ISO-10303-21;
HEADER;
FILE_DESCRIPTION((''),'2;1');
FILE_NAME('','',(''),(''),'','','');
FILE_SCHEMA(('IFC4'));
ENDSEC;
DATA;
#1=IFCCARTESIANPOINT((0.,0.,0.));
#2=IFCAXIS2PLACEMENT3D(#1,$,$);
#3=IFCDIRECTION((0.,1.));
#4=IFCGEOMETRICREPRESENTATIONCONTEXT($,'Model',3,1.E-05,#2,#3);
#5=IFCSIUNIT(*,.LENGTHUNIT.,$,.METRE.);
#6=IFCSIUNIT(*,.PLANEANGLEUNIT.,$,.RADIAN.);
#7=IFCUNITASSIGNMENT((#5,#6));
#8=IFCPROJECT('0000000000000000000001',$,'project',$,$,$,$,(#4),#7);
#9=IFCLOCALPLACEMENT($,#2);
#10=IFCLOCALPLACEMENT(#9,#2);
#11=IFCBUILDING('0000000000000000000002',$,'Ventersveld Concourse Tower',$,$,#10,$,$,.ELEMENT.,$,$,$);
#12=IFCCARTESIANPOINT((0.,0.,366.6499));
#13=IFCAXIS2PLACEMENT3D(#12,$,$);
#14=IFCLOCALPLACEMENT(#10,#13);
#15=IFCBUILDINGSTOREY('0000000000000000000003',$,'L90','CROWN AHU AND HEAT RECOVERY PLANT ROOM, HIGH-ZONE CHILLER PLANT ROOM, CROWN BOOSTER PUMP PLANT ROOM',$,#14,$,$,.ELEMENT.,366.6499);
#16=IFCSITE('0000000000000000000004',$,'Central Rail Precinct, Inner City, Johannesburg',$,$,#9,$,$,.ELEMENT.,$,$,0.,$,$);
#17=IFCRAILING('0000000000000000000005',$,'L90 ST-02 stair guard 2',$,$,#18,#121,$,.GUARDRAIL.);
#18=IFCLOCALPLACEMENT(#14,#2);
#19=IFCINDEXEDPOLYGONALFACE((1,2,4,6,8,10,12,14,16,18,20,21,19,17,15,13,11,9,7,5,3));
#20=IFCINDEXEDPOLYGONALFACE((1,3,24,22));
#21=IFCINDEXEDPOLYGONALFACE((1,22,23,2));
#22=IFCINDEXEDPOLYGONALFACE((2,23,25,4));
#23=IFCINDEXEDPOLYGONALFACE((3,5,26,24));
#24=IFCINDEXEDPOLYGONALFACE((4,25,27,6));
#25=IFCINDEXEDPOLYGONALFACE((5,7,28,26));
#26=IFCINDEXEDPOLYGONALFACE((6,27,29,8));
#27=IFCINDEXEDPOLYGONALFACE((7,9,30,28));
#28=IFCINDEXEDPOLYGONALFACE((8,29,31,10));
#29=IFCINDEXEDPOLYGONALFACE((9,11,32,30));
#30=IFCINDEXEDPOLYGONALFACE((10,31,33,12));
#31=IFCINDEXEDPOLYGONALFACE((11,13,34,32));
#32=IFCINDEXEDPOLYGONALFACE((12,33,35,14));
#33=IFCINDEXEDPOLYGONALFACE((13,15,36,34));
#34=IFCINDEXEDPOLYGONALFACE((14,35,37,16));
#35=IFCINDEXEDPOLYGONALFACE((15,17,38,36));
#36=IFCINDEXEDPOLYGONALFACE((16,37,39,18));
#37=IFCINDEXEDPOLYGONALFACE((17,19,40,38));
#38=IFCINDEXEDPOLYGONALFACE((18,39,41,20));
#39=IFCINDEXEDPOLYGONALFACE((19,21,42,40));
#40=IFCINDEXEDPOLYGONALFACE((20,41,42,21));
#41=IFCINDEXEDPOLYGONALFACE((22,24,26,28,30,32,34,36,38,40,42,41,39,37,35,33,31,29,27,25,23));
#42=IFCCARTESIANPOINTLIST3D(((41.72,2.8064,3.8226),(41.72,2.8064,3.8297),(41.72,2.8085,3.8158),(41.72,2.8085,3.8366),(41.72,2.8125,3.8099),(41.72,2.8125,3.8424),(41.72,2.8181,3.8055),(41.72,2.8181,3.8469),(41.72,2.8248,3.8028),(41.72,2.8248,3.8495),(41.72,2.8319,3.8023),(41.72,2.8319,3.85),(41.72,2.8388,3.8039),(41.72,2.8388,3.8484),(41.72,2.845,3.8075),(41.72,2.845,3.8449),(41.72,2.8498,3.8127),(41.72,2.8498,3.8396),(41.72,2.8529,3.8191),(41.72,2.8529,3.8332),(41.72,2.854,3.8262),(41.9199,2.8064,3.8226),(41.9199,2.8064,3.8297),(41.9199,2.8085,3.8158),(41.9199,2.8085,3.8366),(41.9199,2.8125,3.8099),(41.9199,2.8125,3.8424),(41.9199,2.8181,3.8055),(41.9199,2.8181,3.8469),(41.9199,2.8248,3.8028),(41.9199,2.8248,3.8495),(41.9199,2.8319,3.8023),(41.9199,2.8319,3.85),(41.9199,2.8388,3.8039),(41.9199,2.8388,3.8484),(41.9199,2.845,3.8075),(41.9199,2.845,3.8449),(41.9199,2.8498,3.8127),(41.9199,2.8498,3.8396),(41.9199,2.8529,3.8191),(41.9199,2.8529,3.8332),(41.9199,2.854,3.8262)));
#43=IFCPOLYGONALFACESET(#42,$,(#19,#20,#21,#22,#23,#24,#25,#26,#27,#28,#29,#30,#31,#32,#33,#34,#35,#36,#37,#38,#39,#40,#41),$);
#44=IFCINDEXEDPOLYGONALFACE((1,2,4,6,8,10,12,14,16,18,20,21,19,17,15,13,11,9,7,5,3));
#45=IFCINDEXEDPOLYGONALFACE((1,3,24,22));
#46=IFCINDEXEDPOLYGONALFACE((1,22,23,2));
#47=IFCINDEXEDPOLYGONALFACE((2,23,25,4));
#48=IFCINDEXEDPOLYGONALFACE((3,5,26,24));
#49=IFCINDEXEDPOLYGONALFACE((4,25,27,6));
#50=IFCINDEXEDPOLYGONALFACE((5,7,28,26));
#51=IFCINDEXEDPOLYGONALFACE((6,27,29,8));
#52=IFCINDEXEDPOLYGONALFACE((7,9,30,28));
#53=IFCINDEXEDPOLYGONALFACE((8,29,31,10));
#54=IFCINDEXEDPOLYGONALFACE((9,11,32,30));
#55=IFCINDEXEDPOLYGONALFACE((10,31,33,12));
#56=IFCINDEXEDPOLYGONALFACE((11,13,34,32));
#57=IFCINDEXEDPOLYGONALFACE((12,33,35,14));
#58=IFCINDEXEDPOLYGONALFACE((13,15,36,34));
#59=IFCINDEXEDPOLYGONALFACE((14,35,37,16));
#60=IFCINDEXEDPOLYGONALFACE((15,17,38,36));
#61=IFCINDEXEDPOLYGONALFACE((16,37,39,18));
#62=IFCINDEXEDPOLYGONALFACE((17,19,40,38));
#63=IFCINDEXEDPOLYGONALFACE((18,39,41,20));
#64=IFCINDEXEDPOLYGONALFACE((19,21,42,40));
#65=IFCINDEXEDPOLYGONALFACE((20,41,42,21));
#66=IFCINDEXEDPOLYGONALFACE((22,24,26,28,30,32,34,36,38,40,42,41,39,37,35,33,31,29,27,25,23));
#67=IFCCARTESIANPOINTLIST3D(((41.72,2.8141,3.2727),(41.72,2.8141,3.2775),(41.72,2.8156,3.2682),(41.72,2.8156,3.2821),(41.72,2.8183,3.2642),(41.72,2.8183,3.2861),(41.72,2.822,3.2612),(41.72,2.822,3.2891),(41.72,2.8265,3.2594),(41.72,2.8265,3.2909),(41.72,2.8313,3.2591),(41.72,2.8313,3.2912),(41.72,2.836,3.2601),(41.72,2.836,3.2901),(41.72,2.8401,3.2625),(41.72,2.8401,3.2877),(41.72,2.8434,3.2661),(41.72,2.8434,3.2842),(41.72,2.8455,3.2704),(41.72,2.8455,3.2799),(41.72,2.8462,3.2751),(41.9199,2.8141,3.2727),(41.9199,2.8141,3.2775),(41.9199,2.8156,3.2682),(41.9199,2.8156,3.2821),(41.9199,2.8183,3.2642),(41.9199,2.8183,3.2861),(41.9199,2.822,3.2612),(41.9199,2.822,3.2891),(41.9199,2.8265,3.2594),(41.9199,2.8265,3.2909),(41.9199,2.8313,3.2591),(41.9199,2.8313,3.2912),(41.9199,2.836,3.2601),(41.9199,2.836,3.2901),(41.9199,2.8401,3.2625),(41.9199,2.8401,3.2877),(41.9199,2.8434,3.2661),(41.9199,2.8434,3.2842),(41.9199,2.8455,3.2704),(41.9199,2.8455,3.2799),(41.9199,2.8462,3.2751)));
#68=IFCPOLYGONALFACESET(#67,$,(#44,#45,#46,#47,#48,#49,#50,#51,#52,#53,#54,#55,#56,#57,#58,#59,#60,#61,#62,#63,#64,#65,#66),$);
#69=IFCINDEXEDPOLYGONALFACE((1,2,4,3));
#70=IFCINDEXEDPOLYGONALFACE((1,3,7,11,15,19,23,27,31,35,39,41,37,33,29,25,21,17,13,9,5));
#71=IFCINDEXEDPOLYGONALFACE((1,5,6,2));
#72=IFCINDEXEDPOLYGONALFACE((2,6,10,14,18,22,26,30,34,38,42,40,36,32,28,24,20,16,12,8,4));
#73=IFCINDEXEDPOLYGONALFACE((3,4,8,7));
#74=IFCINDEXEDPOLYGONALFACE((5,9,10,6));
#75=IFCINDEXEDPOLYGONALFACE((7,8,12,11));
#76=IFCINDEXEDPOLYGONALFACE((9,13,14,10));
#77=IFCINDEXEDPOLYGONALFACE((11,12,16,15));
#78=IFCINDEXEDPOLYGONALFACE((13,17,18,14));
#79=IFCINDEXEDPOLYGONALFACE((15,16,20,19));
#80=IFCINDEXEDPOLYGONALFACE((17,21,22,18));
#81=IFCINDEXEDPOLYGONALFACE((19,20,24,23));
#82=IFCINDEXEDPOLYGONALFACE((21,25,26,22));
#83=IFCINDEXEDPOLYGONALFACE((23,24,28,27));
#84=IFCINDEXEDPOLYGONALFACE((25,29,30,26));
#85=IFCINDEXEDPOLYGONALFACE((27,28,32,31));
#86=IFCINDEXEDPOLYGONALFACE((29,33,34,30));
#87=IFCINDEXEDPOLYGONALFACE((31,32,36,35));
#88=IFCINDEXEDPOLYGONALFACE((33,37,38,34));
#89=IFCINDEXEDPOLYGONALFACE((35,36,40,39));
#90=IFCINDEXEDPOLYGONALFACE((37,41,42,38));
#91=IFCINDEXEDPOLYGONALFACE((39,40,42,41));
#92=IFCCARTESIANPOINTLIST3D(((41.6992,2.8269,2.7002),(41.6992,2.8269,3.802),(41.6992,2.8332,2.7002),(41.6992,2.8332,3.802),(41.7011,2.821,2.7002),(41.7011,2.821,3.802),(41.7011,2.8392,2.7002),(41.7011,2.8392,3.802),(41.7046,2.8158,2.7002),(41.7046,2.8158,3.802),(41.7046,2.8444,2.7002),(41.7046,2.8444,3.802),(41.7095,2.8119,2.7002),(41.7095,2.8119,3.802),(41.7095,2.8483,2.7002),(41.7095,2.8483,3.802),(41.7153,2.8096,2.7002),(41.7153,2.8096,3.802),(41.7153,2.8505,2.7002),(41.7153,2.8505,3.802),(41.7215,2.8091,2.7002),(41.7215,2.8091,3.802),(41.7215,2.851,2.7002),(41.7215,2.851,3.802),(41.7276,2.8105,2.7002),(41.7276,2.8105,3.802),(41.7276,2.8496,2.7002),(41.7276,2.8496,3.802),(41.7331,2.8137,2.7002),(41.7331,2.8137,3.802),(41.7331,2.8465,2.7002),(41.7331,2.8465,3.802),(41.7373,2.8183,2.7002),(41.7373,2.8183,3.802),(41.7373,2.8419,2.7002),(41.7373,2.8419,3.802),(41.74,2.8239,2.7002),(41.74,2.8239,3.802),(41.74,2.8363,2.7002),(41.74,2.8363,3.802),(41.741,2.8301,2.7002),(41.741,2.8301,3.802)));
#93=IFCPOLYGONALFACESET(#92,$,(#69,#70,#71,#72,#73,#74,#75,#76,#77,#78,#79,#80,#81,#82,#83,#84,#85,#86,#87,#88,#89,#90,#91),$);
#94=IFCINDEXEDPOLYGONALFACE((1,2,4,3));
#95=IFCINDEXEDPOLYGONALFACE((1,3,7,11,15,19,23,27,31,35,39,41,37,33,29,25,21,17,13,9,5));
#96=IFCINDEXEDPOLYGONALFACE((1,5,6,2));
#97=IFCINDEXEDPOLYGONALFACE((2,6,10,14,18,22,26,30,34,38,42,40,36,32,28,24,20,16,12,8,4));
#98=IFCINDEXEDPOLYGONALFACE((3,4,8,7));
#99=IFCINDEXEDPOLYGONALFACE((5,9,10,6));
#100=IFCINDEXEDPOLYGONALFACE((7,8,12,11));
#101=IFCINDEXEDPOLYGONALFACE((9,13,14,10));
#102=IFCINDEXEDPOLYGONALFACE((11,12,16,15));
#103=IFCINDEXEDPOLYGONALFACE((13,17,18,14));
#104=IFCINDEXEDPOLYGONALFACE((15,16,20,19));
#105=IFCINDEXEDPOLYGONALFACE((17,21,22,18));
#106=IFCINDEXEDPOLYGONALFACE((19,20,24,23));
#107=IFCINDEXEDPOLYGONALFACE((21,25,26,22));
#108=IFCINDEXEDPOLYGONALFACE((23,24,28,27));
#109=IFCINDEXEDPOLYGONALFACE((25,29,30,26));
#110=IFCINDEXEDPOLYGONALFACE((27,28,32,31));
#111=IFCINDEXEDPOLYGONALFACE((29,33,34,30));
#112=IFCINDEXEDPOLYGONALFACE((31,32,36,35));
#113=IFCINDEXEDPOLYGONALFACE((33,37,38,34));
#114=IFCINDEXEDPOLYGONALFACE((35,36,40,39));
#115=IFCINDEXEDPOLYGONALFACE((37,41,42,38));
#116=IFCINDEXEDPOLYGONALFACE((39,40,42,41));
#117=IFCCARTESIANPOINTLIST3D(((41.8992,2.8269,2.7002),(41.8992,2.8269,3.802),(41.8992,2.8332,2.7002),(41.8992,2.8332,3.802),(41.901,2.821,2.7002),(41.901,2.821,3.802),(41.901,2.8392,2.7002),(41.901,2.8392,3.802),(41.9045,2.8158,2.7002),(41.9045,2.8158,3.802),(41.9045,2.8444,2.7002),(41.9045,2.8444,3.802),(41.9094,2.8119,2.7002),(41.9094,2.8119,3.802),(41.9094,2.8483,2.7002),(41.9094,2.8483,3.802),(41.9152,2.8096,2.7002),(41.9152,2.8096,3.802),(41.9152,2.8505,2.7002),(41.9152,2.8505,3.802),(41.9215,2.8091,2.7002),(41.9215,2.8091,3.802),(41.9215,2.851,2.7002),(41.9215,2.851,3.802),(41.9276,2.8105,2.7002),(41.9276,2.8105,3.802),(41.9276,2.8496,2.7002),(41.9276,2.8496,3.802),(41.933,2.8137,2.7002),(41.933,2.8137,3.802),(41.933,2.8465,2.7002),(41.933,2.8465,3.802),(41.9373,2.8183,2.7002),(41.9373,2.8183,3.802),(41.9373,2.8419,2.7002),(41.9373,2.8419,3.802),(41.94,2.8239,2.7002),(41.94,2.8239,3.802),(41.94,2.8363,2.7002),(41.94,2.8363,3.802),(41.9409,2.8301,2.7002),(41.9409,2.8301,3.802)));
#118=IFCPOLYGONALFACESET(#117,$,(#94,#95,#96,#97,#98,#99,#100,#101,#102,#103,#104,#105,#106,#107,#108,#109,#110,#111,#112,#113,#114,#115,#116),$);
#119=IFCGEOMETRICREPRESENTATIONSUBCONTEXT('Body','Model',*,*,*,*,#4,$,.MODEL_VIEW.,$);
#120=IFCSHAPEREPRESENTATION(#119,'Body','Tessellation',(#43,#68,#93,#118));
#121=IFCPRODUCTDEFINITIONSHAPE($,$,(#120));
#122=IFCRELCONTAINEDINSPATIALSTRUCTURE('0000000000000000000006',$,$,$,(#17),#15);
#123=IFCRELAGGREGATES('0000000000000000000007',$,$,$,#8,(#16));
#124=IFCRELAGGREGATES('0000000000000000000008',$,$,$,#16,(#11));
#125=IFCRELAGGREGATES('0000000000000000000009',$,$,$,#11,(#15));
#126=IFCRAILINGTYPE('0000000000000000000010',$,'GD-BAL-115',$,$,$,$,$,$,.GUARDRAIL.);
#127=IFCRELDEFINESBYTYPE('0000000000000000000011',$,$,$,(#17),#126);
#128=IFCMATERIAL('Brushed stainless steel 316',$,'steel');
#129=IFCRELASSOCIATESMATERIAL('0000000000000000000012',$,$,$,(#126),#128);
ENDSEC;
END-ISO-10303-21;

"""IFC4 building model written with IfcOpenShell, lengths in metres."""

from ifc_helpers import new_model, si_unit, direction, frame, origin, origin_2d, place, context, subcontext, project, spatial, circle, extrude, material, type_object, element, save


model = new_model("IFC4")

# Units and contexts
model_context = context("Model", 3, precision=1e-05, world=origin(), true_north=direction((0.0, 1.0)))
body_context = subcontext(model_context, "Body", "Model", "MODEL_VIEW")
ifc_project = project(units=[si_unit("LENGTHUNIT", "METRE"), si_unit("PLANEANGLEUNIT", "RADIAN")], contexts=[model_context])

# Site, building, storey
site_placement = place(None, origin())
site = spatial("IfcSite", under=ifc_project, at=site_placement, Name="Central Rail Precinct, Inner City, Johannesburg", CompositionType="ELEMENT", RefElevation=0.0)
building_placement = place(site_placement, origin())
building = spatial("IfcBuilding", under=site, at=building_placement, Name="Ventersveld Concourse Tower", CompositionType="ELEMENT")
storey_placement = place(building_placement, frame((0.0, 0.0, 366.6499)))
storey = spatial("IfcBuildingStorey", under=building, at=storey_placement, Name="L90", Description="CROWN AHU AND HEAT RECOVERY PLANT ROOM, HIGH-ZONE CHILLER PLANT ROOM, CROWN BOOSTER PUMP PLANT ROOM", CompositionType="ELEMENT", Elevation=366.6499)

# Shared definitions
ifc_material_1 = material(Name="Brushed stainless steel 316", Category="steel")

# Railing
railing_type_1 = type_object("IfcRailingType", Name="GD-BAL-115", PredefinedType="GUARDRAIL", material=ifc_material_1)
railing_1_placement = place(storey_placement, frame((41.72, 2.8301, 2.7002)))
element("IfcRailing", 1, at=railing_1_placement, inside=storey, type_object=railing_type_1, Name="L90 ST-02 stair guard 2", PredefinedType="GUARDRAIL", context=body_context, shape_type="SweptSolid", body=[
    extrude(circle(Radius=0.0239, at=origin_2d()), frame((0.0, 0.0, 1.126), z_axis=(1.0, 0.0, 0.0), x_axis=(0.0, 1.0, 0.0)), (0.0, 0.0, 1.0), 0.2),
    extrude(circle(Radius=0.0161, at=origin_2d()), frame((0.0, 0.0, 0.575), z_axis=(1.0, 0.0, 0.0), x_axis=(0.0, 1.0, 0.0)), (0.0, 0.0, 1.0), 0.2),
    extrude(circle(Radius=0.021, at=origin_2d()), origin(), (0.0, 0.0, 1.0), 1.1018),
    extrude(circle(Radius=0.021, at=origin_2d()), frame((0.2, 0.0, 0.0)), (0.0, 0.0, 1.0), 1.1018),
])

save(model, "model.ifc")
